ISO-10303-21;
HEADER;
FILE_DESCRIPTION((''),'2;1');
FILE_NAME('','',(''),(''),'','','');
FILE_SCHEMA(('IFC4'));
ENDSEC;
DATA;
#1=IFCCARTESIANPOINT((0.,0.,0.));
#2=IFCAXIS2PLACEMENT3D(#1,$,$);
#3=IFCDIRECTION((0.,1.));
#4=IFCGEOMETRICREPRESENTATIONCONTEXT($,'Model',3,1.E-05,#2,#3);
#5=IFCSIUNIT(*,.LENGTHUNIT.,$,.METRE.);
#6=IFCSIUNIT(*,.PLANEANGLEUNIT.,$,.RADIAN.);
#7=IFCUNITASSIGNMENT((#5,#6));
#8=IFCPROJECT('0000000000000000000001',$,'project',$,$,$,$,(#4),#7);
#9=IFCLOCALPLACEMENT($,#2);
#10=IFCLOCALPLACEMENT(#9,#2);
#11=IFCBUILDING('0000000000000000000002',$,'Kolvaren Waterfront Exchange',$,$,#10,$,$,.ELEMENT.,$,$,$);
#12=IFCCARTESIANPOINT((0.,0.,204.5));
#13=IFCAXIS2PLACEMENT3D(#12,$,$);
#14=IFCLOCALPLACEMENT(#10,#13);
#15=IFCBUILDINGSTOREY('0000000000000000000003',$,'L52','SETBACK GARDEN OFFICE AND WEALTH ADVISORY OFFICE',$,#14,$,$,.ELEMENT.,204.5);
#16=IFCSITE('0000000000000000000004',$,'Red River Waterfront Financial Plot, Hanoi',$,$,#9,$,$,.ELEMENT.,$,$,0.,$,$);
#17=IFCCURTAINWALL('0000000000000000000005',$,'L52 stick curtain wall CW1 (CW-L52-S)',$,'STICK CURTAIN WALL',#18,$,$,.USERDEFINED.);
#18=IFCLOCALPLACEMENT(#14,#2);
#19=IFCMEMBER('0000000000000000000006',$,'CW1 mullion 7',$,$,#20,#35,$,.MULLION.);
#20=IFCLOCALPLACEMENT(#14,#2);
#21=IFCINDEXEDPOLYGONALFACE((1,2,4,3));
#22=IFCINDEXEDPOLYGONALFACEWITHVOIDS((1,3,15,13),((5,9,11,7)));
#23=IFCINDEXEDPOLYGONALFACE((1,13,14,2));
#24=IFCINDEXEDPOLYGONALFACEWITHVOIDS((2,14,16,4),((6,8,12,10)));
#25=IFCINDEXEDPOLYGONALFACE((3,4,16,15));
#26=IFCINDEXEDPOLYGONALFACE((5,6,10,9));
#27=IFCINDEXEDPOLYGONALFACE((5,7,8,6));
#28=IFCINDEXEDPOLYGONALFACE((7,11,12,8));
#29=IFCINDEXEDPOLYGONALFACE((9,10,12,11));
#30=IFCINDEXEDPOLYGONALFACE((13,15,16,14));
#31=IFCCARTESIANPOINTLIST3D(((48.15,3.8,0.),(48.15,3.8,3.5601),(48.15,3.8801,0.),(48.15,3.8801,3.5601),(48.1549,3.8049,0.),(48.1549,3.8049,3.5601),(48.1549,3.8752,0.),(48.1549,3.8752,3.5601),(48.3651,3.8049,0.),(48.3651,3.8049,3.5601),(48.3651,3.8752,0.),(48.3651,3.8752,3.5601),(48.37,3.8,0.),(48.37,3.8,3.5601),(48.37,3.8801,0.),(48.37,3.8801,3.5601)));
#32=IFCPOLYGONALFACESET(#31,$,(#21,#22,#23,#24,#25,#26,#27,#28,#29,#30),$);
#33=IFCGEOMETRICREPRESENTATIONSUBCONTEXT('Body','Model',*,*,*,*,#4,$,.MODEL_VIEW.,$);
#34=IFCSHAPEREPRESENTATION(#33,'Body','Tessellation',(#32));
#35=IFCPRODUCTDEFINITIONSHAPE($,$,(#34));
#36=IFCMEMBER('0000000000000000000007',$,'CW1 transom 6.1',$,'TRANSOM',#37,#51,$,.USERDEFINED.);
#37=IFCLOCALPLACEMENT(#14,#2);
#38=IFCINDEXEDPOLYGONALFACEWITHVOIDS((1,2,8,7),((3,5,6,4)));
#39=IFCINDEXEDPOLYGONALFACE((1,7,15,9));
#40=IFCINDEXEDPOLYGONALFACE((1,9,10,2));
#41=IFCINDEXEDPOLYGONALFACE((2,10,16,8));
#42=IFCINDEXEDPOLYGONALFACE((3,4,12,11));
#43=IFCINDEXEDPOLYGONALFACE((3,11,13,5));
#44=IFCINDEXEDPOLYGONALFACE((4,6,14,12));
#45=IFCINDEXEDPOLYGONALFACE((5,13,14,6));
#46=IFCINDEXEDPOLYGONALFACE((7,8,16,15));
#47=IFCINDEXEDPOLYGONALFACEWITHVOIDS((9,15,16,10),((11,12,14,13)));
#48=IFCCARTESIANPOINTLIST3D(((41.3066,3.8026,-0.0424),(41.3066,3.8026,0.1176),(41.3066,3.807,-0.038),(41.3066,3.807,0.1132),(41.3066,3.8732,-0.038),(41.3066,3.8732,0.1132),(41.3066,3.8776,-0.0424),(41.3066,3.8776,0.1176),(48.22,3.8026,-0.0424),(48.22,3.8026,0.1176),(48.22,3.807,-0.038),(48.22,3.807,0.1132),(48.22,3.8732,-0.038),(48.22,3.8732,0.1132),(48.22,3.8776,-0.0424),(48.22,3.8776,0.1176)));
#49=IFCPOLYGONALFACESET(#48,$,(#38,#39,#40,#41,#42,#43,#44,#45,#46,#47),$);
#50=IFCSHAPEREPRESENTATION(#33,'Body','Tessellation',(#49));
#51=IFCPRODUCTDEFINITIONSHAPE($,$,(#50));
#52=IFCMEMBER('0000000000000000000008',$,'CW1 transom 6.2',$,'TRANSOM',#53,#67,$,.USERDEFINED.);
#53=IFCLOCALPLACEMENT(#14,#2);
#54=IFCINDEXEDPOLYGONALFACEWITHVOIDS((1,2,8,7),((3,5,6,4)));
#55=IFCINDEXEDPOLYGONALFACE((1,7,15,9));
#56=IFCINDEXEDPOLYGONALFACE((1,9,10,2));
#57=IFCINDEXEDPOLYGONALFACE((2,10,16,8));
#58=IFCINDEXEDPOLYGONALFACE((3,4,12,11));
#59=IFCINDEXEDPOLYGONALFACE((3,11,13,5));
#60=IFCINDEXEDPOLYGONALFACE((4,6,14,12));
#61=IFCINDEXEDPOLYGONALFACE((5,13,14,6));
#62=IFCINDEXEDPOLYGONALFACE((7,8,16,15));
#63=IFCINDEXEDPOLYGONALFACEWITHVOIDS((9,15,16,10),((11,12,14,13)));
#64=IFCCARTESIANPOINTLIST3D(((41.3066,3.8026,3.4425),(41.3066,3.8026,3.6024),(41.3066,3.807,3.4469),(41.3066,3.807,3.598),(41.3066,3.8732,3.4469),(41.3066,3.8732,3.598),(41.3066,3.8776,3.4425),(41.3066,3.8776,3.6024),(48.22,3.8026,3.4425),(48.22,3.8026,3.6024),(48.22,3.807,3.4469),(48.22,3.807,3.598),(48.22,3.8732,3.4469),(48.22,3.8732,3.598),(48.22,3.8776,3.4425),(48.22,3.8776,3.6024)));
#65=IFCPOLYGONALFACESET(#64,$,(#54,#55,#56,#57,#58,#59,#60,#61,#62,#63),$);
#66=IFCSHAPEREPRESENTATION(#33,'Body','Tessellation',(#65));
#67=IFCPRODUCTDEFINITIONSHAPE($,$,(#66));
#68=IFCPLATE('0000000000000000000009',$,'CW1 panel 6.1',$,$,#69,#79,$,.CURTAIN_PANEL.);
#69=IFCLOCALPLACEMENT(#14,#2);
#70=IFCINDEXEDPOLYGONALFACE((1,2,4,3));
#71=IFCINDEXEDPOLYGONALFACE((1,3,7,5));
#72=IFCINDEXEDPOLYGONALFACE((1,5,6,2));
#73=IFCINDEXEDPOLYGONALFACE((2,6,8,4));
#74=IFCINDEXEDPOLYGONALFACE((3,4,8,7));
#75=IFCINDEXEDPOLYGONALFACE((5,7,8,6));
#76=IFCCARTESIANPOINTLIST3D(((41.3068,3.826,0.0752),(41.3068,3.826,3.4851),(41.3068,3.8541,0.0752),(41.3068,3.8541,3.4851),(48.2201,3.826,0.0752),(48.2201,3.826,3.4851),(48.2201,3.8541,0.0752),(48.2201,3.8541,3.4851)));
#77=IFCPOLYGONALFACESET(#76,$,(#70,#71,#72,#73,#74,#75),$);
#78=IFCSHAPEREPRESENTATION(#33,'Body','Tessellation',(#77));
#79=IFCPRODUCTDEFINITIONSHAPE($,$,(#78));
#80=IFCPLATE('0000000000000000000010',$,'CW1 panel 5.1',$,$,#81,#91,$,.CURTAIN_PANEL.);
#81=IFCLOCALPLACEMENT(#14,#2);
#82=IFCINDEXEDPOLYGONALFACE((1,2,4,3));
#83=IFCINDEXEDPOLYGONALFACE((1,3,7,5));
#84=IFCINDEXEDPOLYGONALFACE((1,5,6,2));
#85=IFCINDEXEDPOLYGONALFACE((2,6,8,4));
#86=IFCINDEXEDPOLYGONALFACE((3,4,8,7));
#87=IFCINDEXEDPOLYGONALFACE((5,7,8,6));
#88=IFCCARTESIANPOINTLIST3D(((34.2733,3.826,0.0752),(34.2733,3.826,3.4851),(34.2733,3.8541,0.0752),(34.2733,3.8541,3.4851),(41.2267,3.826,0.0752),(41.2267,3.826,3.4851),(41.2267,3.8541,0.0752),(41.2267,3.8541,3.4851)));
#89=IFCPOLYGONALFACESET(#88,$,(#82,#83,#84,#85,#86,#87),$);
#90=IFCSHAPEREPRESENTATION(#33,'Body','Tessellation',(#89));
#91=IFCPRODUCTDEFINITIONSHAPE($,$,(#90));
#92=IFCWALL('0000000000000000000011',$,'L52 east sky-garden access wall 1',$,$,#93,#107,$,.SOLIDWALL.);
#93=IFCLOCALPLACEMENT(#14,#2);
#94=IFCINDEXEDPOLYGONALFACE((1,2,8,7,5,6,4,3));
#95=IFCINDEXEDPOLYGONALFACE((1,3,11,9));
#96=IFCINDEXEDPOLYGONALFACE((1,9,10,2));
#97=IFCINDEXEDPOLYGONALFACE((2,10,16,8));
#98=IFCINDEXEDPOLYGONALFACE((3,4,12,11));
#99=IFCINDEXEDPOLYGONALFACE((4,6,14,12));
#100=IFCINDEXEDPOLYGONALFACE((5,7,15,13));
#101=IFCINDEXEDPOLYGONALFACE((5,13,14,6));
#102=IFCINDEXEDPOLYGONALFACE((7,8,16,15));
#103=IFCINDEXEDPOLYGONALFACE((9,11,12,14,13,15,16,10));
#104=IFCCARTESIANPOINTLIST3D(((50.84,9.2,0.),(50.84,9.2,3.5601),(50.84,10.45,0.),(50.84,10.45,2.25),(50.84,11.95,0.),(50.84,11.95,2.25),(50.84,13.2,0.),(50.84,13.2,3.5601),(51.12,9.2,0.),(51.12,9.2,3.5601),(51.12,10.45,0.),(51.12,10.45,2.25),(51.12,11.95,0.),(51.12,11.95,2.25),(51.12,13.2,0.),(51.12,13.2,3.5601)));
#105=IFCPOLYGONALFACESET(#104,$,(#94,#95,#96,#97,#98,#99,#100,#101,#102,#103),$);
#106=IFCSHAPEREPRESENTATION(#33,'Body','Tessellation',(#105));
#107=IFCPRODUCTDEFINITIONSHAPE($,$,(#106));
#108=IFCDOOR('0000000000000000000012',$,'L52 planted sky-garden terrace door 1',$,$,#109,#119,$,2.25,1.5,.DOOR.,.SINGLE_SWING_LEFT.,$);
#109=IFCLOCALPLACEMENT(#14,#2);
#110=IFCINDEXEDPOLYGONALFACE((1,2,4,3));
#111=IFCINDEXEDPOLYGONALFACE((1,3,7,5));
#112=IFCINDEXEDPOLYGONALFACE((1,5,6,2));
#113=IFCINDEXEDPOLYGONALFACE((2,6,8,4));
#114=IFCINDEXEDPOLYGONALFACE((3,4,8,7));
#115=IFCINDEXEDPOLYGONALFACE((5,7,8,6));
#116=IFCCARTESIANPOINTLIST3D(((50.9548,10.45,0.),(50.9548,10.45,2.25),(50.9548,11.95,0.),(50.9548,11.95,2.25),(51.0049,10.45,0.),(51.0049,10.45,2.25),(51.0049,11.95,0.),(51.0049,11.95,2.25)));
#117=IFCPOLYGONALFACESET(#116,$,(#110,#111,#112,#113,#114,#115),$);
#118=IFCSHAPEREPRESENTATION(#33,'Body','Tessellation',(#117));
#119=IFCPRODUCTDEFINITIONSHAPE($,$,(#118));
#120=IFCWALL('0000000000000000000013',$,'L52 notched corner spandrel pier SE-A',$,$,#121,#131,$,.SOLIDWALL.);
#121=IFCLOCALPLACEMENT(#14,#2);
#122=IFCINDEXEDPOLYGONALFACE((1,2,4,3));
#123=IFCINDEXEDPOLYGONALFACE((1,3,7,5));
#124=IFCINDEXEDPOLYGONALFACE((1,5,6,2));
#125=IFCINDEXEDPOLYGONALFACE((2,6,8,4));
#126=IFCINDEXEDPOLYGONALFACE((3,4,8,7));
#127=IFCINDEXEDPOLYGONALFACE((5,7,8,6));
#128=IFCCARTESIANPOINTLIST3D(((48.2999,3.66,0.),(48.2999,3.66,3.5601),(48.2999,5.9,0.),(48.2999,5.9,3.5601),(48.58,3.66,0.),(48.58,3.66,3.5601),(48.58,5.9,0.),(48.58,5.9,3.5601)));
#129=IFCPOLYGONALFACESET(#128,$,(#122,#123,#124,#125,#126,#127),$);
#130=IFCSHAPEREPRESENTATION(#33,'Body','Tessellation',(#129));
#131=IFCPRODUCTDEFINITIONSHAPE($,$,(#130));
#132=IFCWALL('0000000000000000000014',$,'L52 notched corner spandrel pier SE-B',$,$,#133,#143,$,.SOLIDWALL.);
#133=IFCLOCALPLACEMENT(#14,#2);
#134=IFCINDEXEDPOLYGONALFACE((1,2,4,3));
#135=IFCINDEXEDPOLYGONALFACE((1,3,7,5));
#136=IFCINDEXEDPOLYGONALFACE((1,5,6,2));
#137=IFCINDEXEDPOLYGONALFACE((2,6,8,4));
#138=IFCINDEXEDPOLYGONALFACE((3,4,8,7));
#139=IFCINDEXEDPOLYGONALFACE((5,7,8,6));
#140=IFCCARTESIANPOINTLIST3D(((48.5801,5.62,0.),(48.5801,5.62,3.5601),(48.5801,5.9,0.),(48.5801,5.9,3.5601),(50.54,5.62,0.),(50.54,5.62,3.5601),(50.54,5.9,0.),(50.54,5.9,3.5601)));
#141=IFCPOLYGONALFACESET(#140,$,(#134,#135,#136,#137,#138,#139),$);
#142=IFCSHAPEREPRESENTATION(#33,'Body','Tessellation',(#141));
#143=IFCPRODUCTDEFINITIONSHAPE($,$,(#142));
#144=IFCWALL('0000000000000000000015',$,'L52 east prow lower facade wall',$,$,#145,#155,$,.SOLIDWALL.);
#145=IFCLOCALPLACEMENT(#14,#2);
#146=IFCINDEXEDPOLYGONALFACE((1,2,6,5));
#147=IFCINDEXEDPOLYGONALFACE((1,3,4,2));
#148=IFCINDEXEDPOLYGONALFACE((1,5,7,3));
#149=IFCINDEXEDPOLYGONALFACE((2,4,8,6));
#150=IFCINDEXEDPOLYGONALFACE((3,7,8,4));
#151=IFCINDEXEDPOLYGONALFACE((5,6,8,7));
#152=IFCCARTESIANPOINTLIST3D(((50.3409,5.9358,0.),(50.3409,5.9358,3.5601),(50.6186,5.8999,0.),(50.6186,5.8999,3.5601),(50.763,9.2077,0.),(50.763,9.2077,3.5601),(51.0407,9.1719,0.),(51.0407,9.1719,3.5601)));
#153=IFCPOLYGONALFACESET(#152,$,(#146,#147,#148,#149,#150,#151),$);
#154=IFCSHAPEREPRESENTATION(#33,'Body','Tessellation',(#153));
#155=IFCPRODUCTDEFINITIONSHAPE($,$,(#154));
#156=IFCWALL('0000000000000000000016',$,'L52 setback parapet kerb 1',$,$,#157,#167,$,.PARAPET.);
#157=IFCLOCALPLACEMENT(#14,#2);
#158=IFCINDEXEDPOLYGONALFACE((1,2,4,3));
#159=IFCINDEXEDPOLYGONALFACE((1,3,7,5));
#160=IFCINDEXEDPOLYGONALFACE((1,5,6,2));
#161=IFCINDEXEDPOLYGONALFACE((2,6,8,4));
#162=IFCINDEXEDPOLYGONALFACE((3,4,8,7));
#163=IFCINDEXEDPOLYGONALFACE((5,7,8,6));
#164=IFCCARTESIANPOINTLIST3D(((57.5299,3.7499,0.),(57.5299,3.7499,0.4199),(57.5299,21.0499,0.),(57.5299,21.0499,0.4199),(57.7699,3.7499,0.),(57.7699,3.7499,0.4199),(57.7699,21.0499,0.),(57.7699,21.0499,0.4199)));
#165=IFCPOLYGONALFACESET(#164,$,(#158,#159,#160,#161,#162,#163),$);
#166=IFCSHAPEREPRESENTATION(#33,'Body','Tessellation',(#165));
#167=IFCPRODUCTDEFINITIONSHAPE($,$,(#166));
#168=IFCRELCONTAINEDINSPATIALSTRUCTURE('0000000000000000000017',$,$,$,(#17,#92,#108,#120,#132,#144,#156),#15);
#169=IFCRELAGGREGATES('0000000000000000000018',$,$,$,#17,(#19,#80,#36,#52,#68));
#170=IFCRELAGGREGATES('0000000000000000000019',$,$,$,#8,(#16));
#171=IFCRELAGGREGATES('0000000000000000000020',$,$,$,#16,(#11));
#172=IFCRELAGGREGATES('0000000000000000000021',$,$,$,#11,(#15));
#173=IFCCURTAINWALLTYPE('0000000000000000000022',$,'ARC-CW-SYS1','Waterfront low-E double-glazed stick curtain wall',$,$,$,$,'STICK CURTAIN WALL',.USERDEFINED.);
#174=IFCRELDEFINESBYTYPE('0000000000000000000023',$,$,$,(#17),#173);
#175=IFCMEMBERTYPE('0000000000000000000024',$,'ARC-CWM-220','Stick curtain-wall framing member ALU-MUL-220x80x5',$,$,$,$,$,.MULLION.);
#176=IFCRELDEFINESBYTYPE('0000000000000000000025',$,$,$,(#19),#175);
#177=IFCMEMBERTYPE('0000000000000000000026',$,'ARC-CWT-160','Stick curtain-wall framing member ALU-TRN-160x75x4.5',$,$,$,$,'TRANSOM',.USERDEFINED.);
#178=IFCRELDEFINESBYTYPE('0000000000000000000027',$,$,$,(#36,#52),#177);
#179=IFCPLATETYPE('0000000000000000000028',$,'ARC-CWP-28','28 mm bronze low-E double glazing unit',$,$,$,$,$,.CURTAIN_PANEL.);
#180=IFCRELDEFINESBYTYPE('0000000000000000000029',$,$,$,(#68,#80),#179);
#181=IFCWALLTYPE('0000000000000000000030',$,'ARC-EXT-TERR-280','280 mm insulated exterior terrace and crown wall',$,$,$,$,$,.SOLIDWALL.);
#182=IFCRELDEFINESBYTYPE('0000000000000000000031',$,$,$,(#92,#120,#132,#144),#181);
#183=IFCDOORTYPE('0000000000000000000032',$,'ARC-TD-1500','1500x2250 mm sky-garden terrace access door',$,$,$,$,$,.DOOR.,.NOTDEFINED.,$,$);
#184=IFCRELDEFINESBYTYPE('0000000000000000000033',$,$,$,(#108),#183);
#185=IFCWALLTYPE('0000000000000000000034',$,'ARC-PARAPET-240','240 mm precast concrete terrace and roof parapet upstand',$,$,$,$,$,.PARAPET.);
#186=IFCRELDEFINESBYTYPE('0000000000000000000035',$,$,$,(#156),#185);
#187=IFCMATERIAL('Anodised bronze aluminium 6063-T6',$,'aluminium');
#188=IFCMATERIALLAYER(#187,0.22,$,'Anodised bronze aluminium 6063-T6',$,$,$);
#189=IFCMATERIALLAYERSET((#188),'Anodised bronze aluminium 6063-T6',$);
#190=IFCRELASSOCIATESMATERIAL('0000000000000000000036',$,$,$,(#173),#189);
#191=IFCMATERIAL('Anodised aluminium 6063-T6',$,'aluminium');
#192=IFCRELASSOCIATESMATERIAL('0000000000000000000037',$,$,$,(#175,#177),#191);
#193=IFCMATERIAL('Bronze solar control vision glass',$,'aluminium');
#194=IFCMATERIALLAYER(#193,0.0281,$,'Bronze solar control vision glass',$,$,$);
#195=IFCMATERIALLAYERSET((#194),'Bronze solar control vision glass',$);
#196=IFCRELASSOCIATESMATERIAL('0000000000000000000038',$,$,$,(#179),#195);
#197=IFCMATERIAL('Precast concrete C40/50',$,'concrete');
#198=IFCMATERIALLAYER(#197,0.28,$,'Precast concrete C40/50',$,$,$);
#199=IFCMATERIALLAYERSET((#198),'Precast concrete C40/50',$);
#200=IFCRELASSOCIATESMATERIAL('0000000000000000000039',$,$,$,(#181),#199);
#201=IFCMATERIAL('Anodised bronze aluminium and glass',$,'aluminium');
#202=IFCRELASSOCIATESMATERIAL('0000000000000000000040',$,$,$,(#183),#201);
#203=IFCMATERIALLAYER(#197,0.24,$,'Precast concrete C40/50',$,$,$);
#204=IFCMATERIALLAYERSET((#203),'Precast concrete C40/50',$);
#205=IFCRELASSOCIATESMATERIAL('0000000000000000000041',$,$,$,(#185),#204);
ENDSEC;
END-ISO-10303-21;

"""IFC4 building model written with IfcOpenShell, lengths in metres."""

from ifc_helpers import new_model, si_unit, direction, frame, frame_2d, origin, origin_with_axes, origin_2d, place, context, subcontext, project, spatial, rectangle, hollow_rectangle, extrude, source, transform, mapped, material, layer, layer_set, material_profile, profile_set, type_object, element, fill, aggregate, save


model = new_model("IFC4")

# Units and contexts
model_context = context("Model", 3, precision=1e-05, world=origin(), true_north=direction((0.0, 1.0)))
body_context = subcontext(model_context, "Body", "Model", "MODEL_VIEW")
ifc_project = project(units=[si_unit("LENGTHUNIT", "METRE"), si_unit("PLANEANGLEUNIT", "RADIAN")], contexts=[model_context])

# Site, building, storey
site_placement = place(None, origin())
site = spatial("IfcSite", under=ifc_project, at=site_placement, Name="Red River Waterfront Financial Plot, Hanoi", CompositionType="ELEMENT", RefElevation=0.0)
building_placement = place(site_placement, origin())
building = spatial("IfcBuilding", under=site, at=building_placement, Name="Kolvaren Waterfront Exchange", CompositionType="ELEMENT")
storey_placement = place(building_placement, frame((0.0, 0.0, 204.5)))
storey = spatial("IfcBuildingStorey", under=building, at=storey_placement, Name="L52", Description="SETBACK GARDEN OFFICE AND WEALTH ADVISORY OFFICE", CompositionType="ELEMENT", Elevation=204.5)

# Curtain wall, members, plates
ifc_material_1 = material(Name="Anodised bronze aluminium 6063-T6", Category="aluminium")
ifc_layer_1 = layer(ifc_material_1, 0.22, Name="Anodised bronze aluminium 6063-T6")
ifc_layer_set_1 = layer_set([ifc_layer_1], Name="Anodised bronze aluminium 6063-T6")
curtain_wall_type = type_object("IfcCurtainWallType", Name="ARC-CW-SYS1", Description="Waterfront low-E double-glazed stick curtain wall", ElementType="STICK CURTAIN WALL", PredefinedType="USERDEFINED", material=ifc_layer_set_1)
curtain_wall_placement = place(storey_placement, origin())
curtain_wall = element("IfcCurtainWall", 1, at=curtain_wall_placement, inside=storey, type_object=curtain_wall_type, Name="L52 stick curtain wall CW1 (CW-L52-S)", ObjectType="STICK CURTAIN WALL", PredefinedType="USERDEFINED")
ifc_material_2 = material(Name="Anodised aluminium 6063-T6", Category="aluminium")
ifc_material_profile_1 = material_profile(ifc_material_2, hollow_rectangle(XDim=0.0801, YDim=0.22, WallThickness=0.0049, at=origin_2d()), Name="ALU-MUL-220x80x5")
ifc_profile_set_1 = profile_set([ifc_material_profile_1], Name="Anodised aluminium 6063-T6")
member_type_1 = type_object("IfcMemberType", Name="ARC-CWM-220", Description="Stick curtain-wall framing member ALU-MUL-220x80x5", PredefinedType="MULLION", material=ifc_profile_set_1)
shared_shape_1 = source(origin_with_axes(), body_context, "Body", "SweptSolid", [
    extrude(hollow_rectangle(XDim=0.0801, YDim=0.22, WallThickness=0.0049, at=origin_2d()), origin(), (0.0, 0.0, 1.0), 3.5601),
])
member_1_placement = place(storey_placement, frame((48.26, 3.8401, 0.0), z_axis=(0.0, 0.0, 1.0), x_axis=(0.0, 1.0, 0.0)))
member_1 = element("IfcMember", 2, at=member_1_placement, type_object=member_type_1, Name="CW1 mullion 7", PredefinedType="MULLION", context=body_context, shape_type="MappedRepresentation", body=[
    mapped(shared_shape_1, transform((0.0, 0.0, 0.0), x_axis=(1.0, 0.0, 0.0), y_axis=(0.0, 1.0, 0.0), z_axis=(0.0, 0.0, 1.0), scale=1.0)),
])
ifc_material_profile_2 = material_profile(ifc_material_2, hollow_rectangle(XDim=0.075, YDim=0.1599, WallThickness=0.0044, at=origin_2d()), Name="ALU-TRN-160x75x4.5")
ifc_profile_set_2 = profile_set([ifc_material_profile_2], Name="Anodised aluminium 6063-T6")
member_type_2 = type_object("IfcMemberType", Name="ARC-CWT-160", Description="Stick curtain-wall framing member ALU-TRN-160x75x4.5", ElementType="TRANSOM", PredefinedType="USERDEFINED", material=ifc_profile_set_2)
shared_shape_2 = source(origin_with_axes(), body_context, "Body", "SweptSolid", [
    extrude(hollow_rectangle(XDim=0.075, YDim=0.1599, WallThickness=0.0044, at=origin_2d()), origin(), (0.0, 0.0, 1.0), 6.9133),
])
member_2_placement = place(storey_placement, frame((41.3066, 3.8401, 0.0376), z_axis=(1.0, 0.0, 0.0), x_axis=(0.0, 1.0, 0.0)))
member_2 = element("IfcMember", 3, at=member_2_placement, type_object=member_type_2, Name="CW1 transom 6.1", ObjectType="TRANSOM", PredefinedType="USERDEFINED", context=body_context, shape_type="MappedRepresentation", body=[
    mapped(shared_shape_2, transform((0.0, 0.0, 0.0), x_axis=(1.0, 0.0, 0.0), y_axis=(0.0, 1.0, 0.0), z_axis=(0.0, 0.0, 1.0), scale=1.0)),
])
member_3_placement = place(storey_placement, frame((41.3066, 3.8401, 3.5225), z_axis=(1.0, 0.0, 0.0), x_axis=(0.0, 1.0, 0.0)))
member_3 = element("IfcMember", 4, at=member_3_placement, type_object=member_type_2, Name="CW1 transom 6.2", ObjectType="TRANSOM", PredefinedType="USERDEFINED", context=body_context, shape_type="MappedRepresentation", body=[
    mapped(shared_shape_2, transform((0.0, 0.0, 0.0), x_axis=(1.0, 0.0, 0.0), y_axis=(0.0, 1.0, 0.0), z_axis=(0.0, 0.0, 1.0), scale=1.0)),
])
ifc_material_3 = material(Name="Bronze solar control vision glass", Category="aluminium")
ifc_layer_2 = layer(ifc_material_3, 0.0281, Name="Bronze solar control vision glass")
ifc_layer_set_2 = layer_set([ifc_layer_2], Name="Bronze solar control vision glass")
plate_type = type_object("IfcPlateType", Name="ARC-CWP-28", Description="28 mm bronze low-E double glazing unit", PredefinedType="CURTAIN_PANEL", material=ifc_layer_set_2)
shared_shape_3 = source(origin_with_axes(), body_context, "Body", "SweptSolid", [
    extrude(rectangle(XDim=6.9133, YDim=0.0281, at=origin_2d()), origin(), (0.0, 0.0, 1.0), 3.4099),
])
plate_1_placement = place(storey_placement, frame((44.7634, 3.8401, 0.0752), z_axis=(0.0, 0.0, 1.0), x_axis=(1.0, 0.0, 0.0)))
plate_1 = element("IfcPlate", 5, at=plate_1_placement, type_object=plate_type, Name="CW1 panel 6.1", PredefinedType="CURTAIN_PANEL", context=body_context, shape_type="MappedRepresentation", body=[
    mapped(shared_shape_3, transform((0.0, 0.0, 0.0), x_axis=(1.0, 0.0, 0.0), y_axis=(0.0, 1.0, 0.0), z_axis=(0.0, 0.0, 1.0), scale=1.0)),
])
shared_shape_4 = source(origin_with_axes(), body_context, "Body", "SweptSolid", [
    extrude(rectangle(XDim=6.9534, YDim=0.0281, at=origin_2d()), origin(), (0.0, 0.0, 1.0), 3.4099),
])
plate_2_placement = place(storey_placement, frame((37.75, 3.8401, 0.0752), z_axis=(0.0, 0.0, 1.0), x_axis=(1.0, 0.0, 0.0)))
plate_2 = element("IfcPlate", 6, at=plate_2_placement, type_object=plate_type, Name="CW1 panel 5.1", PredefinedType="CURTAIN_PANEL", context=body_context, shape_type="MappedRepresentation", body=[
    mapped(shared_shape_4, transform((0.0, 0.0, 0.0), x_axis=(1.0, 0.0, 0.0), y_axis=(0.0, 1.0, 0.0), z_axis=(0.0, 0.0, 1.0), scale=1.0)),
])
aggregate(curtain_wall, [member_1, plate_2, member_2, member_3, plate_1])

# Wall, opening, door
ifc_material_4 = material(Name="Precast concrete C40/50", Category="concrete")
ifc_layer_3 = layer(ifc_material_4, 0.28, Name="Precast concrete C40/50")
ifc_layer_set_3 = layer_set([ifc_layer_3], Name="Precast concrete C40/50")
wall_type_1 = type_object("IfcWallType", Name="ARC-EXT-TERR-280", Description="280 mm insulated exterior terrace and crown wall", PredefinedType="SOLIDWALL", material=ifc_layer_set_3)
wall_1_placement = place(storey_placement, frame((50.98, 9.2, 0.0), z_axis=(0.0, 0.0, 1.0), x_axis=(0.0, 1.0, 0.0)))
wall_1 = element("IfcWall", 7, at=wall_1_placement, inside=storey, type_object=wall_type_1, Name="L52 east sky-garden access wall 1", PredefinedType="SOLIDWALL", context=body_context, shape_type="SweptSolid", body=[
    extrude(rectangle(XDim=4.0, YDim=0.28, at=frame_2d((2.0, 0.0))), origin(), (0.0, 0.0, 1.0), 3.5601),
])
opening_placement = place(wall_1_placement, frame((1.25, 0.0, 0.0)))
opening = element("IfcOpeningElement", 8, at=opening_placement, cuts=wall_1, PredefinedType="OPENING", context=body_context, shape_type="SweptSolid", body=[
    extrude(rectangle(XDim=1.5, YDim=2.25, at=frame_2d((0.75, 1.125))), frame((0.0, 0.1499, 0.0), z_axis=(0.0, -1.0, 0.0), x_axis=(1.0, 0.0, 0.0)), (0.0, 0.0, 1.0), 0.3),
])
ifc_material_5 = material(Name="Anodised bronze aluminium and glass", Category="aluminium")
door_type = type_object("IfcDoorType", Name="ARC-TD-1500", Description="1500x2250 mm sky-garden terrace access door", OperationType="NOTDEFINED", PredefinedType="DOOR", material=ifc_material_5)
door_placement = place(opening_placement, frame((1.5, 0.0, 0.0), z_axis=(0.0, 0.0, 1.0), x_axis=(-1.0, 0.0, 0.0)))
door = element("IfcDoor", 9, at=door_placement, inside=storey, type_object=door_type, Name="L52 planted sky-garden terrace door 1", OperationType="SINGLE_SWING_LEFT", OverallHeight=2.25, OverallWidth=1.5, PredefinedType="DOOR", context=body_context, shape_type="SweptSolid", body=[
    extrude(rectangle(XDim=1.5, YDim=2.25, at=frame_2d((0.75, 1.125))), frame((0.0, 0.0249, 0.0), z_axis=(0.0, -1.0, 0.0), x_axis=(1.0, 0.0, 0.0)), (0.0, 0.0, 1.0), 0.05),
])
fill(opening, door)

# Walls
wall_2_placement = place(storey_placement, frame((48.4399, 3.6599, 0.0), z_axis=(0.0, 0.0, 1.0), x_axis=(0.0, 1.0, 0.0)))
element("IfcWall", 10, at=wall_2_placement, inside=storey, type_object=wall_type_1, Name="L52 notched corner spandrel pier SE-A", PredefinedType="SOLIDWALL", context=body_context, shape_type="SweptSolid", body=[
    extrude(rectangle(XDim=2.24, YDim=0.28, at=frame_2d((1.1201, 0.0))), origin(), (0.0, 0.0, 1.0), 3.5601),
])
wall_3_placement = place(storey_placement, frame((48.5801, 5.76, 0.0), z_axis=(0.0, 0.0, 1.0), x_axis=(1.0, 0.0, 0.0)))
element("IfcWall", 11, at=wall_3_placement, inside=storey, type_object=wall_type_1, Name="L52 notched corner spandrel pier SE-B", PredefinedType="SOLIDWALL", context=body_context, shape_type="SweptSolid", body=[
    extrude(rectangle(XDim=1.96, YDim=0.28, at=frame_2d((0.98, 0.0))), origin(), (0.0, 0.0, 1.0), 3.5601),
])
wall_4_placement = place(storey_placement, frame((50.4797, 5.918, 0.0), z_axis=(0.0, 0.0, 1.0), x_axis=(0.12795, 0.991781, 0.0)))
element("IfcWall", 12, at=wall_4_placement, inside=storey, type_object=wall_type_1, Name="L52 east prow lower facade wall", PredefinedType="SOLIDWALL", context=body_context, shape_type="SweptSolid", body=[
    extrude(rectangle(XDim=3.2991, YDim=0.28, at=frame_2d((1.6494, 0.0))), origin(), (0.0, 0.0, 1.0), 3.5601),
])
ifc_layer_4 = layer(ifc_material_4, 0.24, Name="Precast concrete C40/50")
ifc_layer_set_4 = layer_set([ifc_layer_4], Name="Precast concrete C40/50")
wall_type_2 = type_object("IfcWallType", Name="ARC-PARAPET-240", Description="240 mm precast concrete terrace and roof parapet upstand", PredefinedType="PARAPET", material=ifc_layer_set_4)
wall_5_placement = place(storey_placement, frame((57.6499, 3.75, 0.0), z_axis=(0.0, 0.0, 1.0), x_axis=(0.0, 1.0, 0.0)))
element("IfcWall", 13, at=wall_5_placement, inside=storey, type_object=wall_type_2, Name="L52 setback parapet kerb 1", PredefinedType="PARAPET", context=body_context, shape_type="SweptSolid", body=[
    extrude(rectangle(XDim=17.3, YDim=0.24, at=frame_2d((8.6499, 0.0))), origin(), (0.0, 0.0, 1.0), 0.4199),
])

save(model, "model.ifc")
